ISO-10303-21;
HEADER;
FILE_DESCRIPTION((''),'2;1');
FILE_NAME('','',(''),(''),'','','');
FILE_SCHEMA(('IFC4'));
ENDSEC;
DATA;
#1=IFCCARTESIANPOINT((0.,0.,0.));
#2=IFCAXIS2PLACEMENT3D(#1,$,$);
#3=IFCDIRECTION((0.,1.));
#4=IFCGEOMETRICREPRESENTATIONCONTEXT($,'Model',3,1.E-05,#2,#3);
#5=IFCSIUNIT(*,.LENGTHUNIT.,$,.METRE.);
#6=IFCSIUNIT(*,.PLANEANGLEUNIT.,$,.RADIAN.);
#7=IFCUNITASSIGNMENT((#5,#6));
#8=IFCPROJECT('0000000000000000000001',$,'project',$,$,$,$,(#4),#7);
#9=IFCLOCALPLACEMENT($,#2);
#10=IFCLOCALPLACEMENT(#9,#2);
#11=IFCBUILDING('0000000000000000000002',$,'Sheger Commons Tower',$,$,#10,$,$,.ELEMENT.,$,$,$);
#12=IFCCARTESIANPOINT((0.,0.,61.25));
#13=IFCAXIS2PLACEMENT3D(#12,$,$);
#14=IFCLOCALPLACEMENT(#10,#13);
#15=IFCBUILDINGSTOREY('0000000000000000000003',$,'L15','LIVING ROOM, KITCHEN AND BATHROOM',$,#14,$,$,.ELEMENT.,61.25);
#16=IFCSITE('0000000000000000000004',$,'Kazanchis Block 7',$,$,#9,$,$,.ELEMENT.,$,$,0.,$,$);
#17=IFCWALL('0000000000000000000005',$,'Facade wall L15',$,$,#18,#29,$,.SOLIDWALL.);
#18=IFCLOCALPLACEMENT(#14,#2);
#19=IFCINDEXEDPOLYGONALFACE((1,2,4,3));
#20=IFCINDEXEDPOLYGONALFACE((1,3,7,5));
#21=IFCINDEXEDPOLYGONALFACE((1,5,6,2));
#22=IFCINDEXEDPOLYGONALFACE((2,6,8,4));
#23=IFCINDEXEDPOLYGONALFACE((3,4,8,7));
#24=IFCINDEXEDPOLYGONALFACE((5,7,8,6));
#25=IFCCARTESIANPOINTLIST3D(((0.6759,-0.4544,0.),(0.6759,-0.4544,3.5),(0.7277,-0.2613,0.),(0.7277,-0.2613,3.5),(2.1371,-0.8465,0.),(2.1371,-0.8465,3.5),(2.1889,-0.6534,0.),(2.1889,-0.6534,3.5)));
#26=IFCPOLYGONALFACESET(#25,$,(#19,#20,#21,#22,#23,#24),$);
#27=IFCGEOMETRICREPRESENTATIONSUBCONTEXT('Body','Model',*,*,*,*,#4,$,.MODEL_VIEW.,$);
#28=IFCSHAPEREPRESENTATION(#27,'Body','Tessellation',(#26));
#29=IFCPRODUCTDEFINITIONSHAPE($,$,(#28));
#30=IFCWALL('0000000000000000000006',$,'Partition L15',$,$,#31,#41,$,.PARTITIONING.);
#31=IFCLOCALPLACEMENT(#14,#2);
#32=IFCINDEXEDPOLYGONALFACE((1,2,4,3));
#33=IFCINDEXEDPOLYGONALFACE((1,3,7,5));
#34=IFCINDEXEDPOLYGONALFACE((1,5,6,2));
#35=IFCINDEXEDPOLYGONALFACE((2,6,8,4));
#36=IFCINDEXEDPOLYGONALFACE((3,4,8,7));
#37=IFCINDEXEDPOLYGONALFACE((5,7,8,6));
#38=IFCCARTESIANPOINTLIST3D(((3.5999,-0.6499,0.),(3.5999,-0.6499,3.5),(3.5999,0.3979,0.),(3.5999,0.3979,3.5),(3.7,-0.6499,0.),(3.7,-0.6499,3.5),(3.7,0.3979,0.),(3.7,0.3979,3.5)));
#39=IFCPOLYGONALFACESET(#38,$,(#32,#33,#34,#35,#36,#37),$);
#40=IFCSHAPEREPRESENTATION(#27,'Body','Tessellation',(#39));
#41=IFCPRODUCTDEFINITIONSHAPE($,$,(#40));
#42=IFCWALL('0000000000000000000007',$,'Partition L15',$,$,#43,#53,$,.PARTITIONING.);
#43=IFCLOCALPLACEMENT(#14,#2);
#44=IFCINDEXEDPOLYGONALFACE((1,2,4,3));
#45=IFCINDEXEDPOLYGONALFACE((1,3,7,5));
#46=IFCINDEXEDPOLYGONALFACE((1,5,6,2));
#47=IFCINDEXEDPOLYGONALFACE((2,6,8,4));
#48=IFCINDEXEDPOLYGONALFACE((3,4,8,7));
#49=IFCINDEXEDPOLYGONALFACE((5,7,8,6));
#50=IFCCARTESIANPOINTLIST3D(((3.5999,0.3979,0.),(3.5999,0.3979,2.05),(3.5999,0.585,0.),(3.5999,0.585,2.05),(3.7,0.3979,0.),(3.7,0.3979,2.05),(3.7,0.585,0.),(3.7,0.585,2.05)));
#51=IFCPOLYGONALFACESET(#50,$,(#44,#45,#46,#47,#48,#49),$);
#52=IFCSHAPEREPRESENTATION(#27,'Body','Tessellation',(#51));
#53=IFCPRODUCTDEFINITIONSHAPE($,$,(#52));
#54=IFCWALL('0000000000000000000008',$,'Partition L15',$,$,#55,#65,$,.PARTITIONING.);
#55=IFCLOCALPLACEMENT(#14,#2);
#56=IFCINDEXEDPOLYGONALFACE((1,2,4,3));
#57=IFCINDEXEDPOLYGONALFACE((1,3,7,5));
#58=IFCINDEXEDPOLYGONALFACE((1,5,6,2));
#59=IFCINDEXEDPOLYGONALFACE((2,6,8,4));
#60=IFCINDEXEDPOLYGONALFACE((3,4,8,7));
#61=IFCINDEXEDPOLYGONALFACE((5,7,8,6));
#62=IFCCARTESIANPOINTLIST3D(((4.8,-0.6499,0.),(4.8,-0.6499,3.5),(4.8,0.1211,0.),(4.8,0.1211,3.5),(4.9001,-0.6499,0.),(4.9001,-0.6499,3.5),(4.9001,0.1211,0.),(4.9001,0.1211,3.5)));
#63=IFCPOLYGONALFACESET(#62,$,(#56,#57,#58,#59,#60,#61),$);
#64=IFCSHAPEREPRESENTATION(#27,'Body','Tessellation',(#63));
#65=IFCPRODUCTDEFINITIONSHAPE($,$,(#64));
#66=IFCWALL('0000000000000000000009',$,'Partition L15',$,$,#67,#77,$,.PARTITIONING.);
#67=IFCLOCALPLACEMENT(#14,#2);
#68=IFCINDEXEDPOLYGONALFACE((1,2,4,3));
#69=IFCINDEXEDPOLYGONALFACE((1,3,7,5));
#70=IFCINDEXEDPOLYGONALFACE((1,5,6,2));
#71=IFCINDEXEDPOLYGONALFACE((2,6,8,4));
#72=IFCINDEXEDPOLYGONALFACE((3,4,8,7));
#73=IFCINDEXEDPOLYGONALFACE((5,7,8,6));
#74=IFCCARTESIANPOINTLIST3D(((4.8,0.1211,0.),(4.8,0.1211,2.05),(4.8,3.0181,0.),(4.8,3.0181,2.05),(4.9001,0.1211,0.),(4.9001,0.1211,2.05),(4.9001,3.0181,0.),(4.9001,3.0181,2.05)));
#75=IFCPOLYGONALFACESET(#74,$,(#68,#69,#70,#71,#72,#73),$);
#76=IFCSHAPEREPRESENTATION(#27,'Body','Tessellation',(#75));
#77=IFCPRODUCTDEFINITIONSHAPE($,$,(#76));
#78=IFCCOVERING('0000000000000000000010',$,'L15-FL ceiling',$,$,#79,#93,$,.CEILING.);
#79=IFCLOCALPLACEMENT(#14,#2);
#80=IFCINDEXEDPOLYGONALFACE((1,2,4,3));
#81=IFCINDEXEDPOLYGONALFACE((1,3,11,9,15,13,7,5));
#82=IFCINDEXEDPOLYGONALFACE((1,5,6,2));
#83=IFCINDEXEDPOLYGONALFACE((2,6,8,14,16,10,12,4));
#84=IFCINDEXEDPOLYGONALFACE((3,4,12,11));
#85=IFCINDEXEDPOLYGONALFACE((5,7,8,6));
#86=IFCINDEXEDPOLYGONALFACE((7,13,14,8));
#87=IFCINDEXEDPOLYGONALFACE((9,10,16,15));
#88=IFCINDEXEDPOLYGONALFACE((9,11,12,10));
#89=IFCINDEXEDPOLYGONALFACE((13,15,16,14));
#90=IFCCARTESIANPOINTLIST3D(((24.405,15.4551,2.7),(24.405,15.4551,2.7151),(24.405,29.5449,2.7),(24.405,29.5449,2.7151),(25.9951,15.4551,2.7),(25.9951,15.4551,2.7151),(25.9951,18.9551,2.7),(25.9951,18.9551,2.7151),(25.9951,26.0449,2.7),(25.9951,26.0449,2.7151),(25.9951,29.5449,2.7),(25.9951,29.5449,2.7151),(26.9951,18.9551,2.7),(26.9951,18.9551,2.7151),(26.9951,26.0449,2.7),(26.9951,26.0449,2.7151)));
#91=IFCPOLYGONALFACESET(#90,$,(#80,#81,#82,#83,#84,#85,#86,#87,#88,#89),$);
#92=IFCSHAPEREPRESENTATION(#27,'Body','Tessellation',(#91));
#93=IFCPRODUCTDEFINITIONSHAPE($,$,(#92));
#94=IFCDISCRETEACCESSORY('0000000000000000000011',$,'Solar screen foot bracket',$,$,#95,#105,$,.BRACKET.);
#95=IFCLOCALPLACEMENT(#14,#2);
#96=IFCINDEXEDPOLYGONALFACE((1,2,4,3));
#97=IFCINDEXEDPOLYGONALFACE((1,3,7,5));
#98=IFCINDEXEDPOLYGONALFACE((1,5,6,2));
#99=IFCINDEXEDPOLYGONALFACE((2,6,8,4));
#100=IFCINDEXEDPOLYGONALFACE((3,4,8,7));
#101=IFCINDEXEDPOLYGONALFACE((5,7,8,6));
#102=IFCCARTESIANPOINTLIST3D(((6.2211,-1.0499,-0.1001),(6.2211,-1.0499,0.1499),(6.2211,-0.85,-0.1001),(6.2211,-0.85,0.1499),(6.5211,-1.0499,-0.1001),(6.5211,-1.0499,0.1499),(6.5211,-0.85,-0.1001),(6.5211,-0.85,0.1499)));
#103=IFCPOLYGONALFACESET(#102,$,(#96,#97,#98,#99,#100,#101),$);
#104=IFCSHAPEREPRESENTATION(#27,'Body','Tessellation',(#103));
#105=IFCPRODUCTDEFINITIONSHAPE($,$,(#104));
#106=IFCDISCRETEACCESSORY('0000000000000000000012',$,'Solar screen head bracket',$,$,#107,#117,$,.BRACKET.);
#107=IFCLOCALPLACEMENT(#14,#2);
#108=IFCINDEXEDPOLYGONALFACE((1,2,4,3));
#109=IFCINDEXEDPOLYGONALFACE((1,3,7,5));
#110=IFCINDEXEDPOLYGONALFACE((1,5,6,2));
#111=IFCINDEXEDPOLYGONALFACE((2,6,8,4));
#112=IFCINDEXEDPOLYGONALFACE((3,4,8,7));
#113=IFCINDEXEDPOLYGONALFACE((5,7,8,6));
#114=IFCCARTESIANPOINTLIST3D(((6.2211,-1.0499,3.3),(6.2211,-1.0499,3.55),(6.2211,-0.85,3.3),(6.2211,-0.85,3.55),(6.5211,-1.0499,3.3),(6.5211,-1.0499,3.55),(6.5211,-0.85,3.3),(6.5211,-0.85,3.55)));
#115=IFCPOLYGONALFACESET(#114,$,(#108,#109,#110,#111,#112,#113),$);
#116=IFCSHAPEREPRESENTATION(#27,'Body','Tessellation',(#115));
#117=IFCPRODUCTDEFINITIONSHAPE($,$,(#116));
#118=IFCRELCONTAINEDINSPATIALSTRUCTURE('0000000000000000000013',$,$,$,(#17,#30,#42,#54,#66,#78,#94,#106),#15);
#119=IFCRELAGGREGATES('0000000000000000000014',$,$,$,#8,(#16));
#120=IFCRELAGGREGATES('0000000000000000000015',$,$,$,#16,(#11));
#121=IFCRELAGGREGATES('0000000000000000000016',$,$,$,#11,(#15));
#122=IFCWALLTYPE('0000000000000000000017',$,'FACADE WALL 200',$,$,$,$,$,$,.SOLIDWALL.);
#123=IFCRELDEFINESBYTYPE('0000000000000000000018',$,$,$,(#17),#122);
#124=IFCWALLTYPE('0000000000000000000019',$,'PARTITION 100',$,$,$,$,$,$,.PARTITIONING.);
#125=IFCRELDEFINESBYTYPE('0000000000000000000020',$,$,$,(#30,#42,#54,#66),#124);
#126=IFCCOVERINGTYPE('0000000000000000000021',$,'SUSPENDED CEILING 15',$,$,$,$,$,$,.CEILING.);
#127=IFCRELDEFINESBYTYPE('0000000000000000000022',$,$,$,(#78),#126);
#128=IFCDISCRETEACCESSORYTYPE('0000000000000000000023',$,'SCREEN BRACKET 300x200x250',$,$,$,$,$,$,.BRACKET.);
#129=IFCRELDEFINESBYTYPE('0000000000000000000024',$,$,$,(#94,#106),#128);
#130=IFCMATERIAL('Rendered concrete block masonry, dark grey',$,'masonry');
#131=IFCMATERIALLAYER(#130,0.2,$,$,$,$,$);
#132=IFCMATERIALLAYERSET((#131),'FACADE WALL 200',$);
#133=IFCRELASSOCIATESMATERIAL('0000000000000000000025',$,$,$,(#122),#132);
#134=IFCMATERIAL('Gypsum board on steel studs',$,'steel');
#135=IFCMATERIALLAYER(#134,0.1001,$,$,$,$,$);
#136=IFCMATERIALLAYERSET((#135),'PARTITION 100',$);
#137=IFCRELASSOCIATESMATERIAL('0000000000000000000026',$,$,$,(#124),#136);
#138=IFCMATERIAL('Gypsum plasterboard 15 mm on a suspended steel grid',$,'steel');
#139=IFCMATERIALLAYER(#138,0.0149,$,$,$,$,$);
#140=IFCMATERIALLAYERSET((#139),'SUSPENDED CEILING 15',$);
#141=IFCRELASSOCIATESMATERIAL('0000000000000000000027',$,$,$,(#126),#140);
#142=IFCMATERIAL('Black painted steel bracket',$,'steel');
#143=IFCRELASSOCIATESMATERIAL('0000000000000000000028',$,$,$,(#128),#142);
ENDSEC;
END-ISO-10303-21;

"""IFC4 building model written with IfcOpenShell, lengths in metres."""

from ifc_helpers import new_model, si_unit, direction, frame, frame_2d, origin, origin_2d, place, context, subcontext, project, spatial, polyline, rectangle, outline, extrude, material, layer, layer_set, type_object, element, save


model = new_model("IFC4")

# Units and contexts
model_context = context("Model", 3, precision=1e-05, world=origin(), true_north=direction((0.0, 1.0)))
body_context = subcontext(model_context, "Body", "Model", "MODEL_VIEW")
ifc_project = project(units=[si_unit("LENGTHUNIT", "METRE"), si_unit("PLANEANGLEUNIT", "RADIAN")], contexts=[model_context])

# Site, building, storey
site_placement = place(None, origin())
site = spatial("IfcSite", under=ifc_project, at=site_placement, Name="Kazanchis Block 7", CompositionType="ELEMENT", RefElevation=0.0)
building_placement = place(site_placement, origin())
building = spatial("IfcBuilding", under=site, at=building_placement, Name="Sheger Commons Tower", CompositionType="ELEMENT")
storey_placement = place(building_placement, frame((0.0, 0.0, 61.25)))
storey = spatial("IfcBuildingStorey", under=building, at=storey_placement, Name="L15", Description="LIVING ROOM, KITCHEN AND BATHROOM", CompositionType="ELEMENT", Elevation=61.25)

# Shared definitions
ifc_material_1 = material(Name="Rendered concrete block masonry, dark grey", Category="masonry")
ifc_layer_1 = layer(ifc_material_1, 0.2)
ifc_layer_set_1 = layer_set([ifc_layer_1], Name="FACADE WALL 200")
wall_type_1 = type_object("IfcWallType", Name="FACADE WALL 200", PredefinedType="SOLIDWALL", material=ifc_layer_set_1)

# Walls
wall_1_placement = place(storey_placement, frame((0.7019, -0.3579, 0.0), z_axis=(0.0, 0.0, 1.0), x_axis=(0.965832, -0.259169, 0.0)))
element("IfcWall", 1, at=wall_1_placement, inside=storey, type_object=wall_type_1, Name="Facade wall L15", PredefinedType="SOLIDWALL", context=body_context, shape_type="SweptSolid", body=[
    extrude(rectangle(XDim=1.5129, YDim=0.2, at=frame_2d((0.7563, 0.0))), origin(), (0.0, 0.0, 1.0), 3.5),
])
ifc_material_2 = material(Name="Gypsum board on steel studs", Category="steel")
ifc_layer_2 = layer(ifc_material_2, 0.1001)
ifc_layer_set_2 = layer_set([ifc_layer_2], Name="PARTITION 100")
wall_type_2 = type_object("IfcWallType", Name="PARTITION 100", PredefinedType="PARTITIONING", material=ifc_layer_set_2)
wall_2_placement = place(storey_placement, frame((3.6499, -0.6499, 0.0), z_axis=(0.0, 0.0, 1.0), x_axis=(0.0, 1.0, 0.0)))
element("IfcWall", 2, at=wall_2_placement, inside=storey, type_object=wall_type_2, Name="Partition L15", PredefinedType="PARTITIONING", context=body_context, shape_type="SweptSolid", body=[
    extrude(rectangle(XDim=1.0479, YDim=0.1001, at=frame_2d((0.5239, 0.0))), origin(), (0.0, 0.0, 1.0), 3.5),
])
wall_3_placement = place(storey_placement, frame((3.6499, 0.3979, 0.0), z_axis=(0.0, 0.0, 1.0), x_axis=(0.0, 1.0, 0.0)))
element("IfcWall", 3, at=wall_3_placement, inside=storey, type_object=wall_type_2, Name="Partition L15", PredefinedType="PARTITIONING", context=body_context, shape_type="SweptSolid", body=[
    extrude(rectangle(XDim=0.187, YDim=0.1001, at=frame_2d((0.0935, 0.0))), origin(), (0.0, 0.0, 1.0), 2.05),
])
wall_4_placement = place(storey_placement, frame((4.8501, -0.6499, 0.0), z_axis=(0.0, 0.0, 1.0), x_axis=(0.0, 1.0, 0.0)))
element("IfcWall", 4, at=wall_4_placement, inside=storey, type_object=wall_type_2, Name="Partition L15", PredefinedType="PARTITIONING", context=body_context, shape_type="SweptSolid", body=[
    extrude(rectangle(XDim=0.771, YDim=0.1001, at=frame_2d((0.3855, 0.0))), origin(), (0.0, 0.0, 1.0), 3.5),
])
wall_5_placement = place(storey_placement, frame((4.8501, 0.1211, 0.0), z_axis=(0.0, 0.0, 1.0), x_axis=(0.0, 1.0, 0.0)))
element("IfcWall", 5, at=wall_5_placement, inside=storey, type_object=wall_type_2, Name="Partition L15", PredefinedType="PARTITIONING", context=body_context, shape_type="SweptSolid", body=[
    extrude(rectangle(XDim=2.897, YDim=0.1001, at=frame_2d((1.4485, 0.0))), origin(), (0.0, 0.0, 1.0), 2.05),
])

# Covering
ifc_material_3 = material(Name="Gypsum plasterboard 15 mm on a suspended steel grid", Category="steel")
ifc_layer_3 = layer(ifc_material_3, 0.0149)
ifc_layer_set_3 = layer_set([ifc_layer_3], Name="SUSPENDED CEILING 15")
covering_type = type_object("IfcCoveringType", Name="SUSPENDED CEILING 15", PredefinedType="CEILING", material=ifc_layer_set_3)
covering_placement = place(storey_placement, frame((0.0, 0.0, 2.7)))
element("IfcCovering", 6, at=covering_placement, inside=storey, type_object=covering_type, Name="L15-FL ceiling", PredefinedType="CEILING", context=body_context, shape_type="SweptSolid", body=[
    extrude(outline(polyline([(24.405, 15.4551), (25.9951, 15.4551), (25.9951, 18.9551), (26.9951, 18.9551), (26.9951, 26.0449), (25.9951, 26.0449), (25.9951, 29.5449), (24.405, 29.5449), (24.405, 15.4551)])), origin(), (0.0, 0.0, 1.0), 0.0151),
])

# Discrete accessories
ifc_material_4 = material(Name="Black painted steel bracket", Category="steel")
discrete_accessory_type = type_object("IfcDiscreteAccessoryType", Name="SCREEN BRACKET 300x200x250", PredefinedType="BRACKET", material=ifc_material_4)
for number, where, z_axis, x_axis, name in (
    (7, (6.3711, -0.95, -0.1001), (0.0, 0.0, 1.0), (1.0, 0.0, 0.0), "Solar screen foot bracket"),
    (8, (6.3711, -0.95, 3.3), (0.0, 0.0, 1.0), (1.0, 0.0, 0.0), "Solar screen head bracket"),
):
    element("IfcDiscreteAccessory", number, at=place(storey_placement, frame(where, z_axis=z_axis, x_axis=x_axis)), inside=storey, type_object=discrete_accessory_type, Name=name, PredefinedType="BRACKET", context=body_context, shape_type="SweptSolid", body=[
        extrude(rectangle(XDim=0.3, YDim=0.2, at=origin_2d()), origin(), (0.0, 0.0, 1.0), 0.25),
    ])

save(model, "model.ifc")
